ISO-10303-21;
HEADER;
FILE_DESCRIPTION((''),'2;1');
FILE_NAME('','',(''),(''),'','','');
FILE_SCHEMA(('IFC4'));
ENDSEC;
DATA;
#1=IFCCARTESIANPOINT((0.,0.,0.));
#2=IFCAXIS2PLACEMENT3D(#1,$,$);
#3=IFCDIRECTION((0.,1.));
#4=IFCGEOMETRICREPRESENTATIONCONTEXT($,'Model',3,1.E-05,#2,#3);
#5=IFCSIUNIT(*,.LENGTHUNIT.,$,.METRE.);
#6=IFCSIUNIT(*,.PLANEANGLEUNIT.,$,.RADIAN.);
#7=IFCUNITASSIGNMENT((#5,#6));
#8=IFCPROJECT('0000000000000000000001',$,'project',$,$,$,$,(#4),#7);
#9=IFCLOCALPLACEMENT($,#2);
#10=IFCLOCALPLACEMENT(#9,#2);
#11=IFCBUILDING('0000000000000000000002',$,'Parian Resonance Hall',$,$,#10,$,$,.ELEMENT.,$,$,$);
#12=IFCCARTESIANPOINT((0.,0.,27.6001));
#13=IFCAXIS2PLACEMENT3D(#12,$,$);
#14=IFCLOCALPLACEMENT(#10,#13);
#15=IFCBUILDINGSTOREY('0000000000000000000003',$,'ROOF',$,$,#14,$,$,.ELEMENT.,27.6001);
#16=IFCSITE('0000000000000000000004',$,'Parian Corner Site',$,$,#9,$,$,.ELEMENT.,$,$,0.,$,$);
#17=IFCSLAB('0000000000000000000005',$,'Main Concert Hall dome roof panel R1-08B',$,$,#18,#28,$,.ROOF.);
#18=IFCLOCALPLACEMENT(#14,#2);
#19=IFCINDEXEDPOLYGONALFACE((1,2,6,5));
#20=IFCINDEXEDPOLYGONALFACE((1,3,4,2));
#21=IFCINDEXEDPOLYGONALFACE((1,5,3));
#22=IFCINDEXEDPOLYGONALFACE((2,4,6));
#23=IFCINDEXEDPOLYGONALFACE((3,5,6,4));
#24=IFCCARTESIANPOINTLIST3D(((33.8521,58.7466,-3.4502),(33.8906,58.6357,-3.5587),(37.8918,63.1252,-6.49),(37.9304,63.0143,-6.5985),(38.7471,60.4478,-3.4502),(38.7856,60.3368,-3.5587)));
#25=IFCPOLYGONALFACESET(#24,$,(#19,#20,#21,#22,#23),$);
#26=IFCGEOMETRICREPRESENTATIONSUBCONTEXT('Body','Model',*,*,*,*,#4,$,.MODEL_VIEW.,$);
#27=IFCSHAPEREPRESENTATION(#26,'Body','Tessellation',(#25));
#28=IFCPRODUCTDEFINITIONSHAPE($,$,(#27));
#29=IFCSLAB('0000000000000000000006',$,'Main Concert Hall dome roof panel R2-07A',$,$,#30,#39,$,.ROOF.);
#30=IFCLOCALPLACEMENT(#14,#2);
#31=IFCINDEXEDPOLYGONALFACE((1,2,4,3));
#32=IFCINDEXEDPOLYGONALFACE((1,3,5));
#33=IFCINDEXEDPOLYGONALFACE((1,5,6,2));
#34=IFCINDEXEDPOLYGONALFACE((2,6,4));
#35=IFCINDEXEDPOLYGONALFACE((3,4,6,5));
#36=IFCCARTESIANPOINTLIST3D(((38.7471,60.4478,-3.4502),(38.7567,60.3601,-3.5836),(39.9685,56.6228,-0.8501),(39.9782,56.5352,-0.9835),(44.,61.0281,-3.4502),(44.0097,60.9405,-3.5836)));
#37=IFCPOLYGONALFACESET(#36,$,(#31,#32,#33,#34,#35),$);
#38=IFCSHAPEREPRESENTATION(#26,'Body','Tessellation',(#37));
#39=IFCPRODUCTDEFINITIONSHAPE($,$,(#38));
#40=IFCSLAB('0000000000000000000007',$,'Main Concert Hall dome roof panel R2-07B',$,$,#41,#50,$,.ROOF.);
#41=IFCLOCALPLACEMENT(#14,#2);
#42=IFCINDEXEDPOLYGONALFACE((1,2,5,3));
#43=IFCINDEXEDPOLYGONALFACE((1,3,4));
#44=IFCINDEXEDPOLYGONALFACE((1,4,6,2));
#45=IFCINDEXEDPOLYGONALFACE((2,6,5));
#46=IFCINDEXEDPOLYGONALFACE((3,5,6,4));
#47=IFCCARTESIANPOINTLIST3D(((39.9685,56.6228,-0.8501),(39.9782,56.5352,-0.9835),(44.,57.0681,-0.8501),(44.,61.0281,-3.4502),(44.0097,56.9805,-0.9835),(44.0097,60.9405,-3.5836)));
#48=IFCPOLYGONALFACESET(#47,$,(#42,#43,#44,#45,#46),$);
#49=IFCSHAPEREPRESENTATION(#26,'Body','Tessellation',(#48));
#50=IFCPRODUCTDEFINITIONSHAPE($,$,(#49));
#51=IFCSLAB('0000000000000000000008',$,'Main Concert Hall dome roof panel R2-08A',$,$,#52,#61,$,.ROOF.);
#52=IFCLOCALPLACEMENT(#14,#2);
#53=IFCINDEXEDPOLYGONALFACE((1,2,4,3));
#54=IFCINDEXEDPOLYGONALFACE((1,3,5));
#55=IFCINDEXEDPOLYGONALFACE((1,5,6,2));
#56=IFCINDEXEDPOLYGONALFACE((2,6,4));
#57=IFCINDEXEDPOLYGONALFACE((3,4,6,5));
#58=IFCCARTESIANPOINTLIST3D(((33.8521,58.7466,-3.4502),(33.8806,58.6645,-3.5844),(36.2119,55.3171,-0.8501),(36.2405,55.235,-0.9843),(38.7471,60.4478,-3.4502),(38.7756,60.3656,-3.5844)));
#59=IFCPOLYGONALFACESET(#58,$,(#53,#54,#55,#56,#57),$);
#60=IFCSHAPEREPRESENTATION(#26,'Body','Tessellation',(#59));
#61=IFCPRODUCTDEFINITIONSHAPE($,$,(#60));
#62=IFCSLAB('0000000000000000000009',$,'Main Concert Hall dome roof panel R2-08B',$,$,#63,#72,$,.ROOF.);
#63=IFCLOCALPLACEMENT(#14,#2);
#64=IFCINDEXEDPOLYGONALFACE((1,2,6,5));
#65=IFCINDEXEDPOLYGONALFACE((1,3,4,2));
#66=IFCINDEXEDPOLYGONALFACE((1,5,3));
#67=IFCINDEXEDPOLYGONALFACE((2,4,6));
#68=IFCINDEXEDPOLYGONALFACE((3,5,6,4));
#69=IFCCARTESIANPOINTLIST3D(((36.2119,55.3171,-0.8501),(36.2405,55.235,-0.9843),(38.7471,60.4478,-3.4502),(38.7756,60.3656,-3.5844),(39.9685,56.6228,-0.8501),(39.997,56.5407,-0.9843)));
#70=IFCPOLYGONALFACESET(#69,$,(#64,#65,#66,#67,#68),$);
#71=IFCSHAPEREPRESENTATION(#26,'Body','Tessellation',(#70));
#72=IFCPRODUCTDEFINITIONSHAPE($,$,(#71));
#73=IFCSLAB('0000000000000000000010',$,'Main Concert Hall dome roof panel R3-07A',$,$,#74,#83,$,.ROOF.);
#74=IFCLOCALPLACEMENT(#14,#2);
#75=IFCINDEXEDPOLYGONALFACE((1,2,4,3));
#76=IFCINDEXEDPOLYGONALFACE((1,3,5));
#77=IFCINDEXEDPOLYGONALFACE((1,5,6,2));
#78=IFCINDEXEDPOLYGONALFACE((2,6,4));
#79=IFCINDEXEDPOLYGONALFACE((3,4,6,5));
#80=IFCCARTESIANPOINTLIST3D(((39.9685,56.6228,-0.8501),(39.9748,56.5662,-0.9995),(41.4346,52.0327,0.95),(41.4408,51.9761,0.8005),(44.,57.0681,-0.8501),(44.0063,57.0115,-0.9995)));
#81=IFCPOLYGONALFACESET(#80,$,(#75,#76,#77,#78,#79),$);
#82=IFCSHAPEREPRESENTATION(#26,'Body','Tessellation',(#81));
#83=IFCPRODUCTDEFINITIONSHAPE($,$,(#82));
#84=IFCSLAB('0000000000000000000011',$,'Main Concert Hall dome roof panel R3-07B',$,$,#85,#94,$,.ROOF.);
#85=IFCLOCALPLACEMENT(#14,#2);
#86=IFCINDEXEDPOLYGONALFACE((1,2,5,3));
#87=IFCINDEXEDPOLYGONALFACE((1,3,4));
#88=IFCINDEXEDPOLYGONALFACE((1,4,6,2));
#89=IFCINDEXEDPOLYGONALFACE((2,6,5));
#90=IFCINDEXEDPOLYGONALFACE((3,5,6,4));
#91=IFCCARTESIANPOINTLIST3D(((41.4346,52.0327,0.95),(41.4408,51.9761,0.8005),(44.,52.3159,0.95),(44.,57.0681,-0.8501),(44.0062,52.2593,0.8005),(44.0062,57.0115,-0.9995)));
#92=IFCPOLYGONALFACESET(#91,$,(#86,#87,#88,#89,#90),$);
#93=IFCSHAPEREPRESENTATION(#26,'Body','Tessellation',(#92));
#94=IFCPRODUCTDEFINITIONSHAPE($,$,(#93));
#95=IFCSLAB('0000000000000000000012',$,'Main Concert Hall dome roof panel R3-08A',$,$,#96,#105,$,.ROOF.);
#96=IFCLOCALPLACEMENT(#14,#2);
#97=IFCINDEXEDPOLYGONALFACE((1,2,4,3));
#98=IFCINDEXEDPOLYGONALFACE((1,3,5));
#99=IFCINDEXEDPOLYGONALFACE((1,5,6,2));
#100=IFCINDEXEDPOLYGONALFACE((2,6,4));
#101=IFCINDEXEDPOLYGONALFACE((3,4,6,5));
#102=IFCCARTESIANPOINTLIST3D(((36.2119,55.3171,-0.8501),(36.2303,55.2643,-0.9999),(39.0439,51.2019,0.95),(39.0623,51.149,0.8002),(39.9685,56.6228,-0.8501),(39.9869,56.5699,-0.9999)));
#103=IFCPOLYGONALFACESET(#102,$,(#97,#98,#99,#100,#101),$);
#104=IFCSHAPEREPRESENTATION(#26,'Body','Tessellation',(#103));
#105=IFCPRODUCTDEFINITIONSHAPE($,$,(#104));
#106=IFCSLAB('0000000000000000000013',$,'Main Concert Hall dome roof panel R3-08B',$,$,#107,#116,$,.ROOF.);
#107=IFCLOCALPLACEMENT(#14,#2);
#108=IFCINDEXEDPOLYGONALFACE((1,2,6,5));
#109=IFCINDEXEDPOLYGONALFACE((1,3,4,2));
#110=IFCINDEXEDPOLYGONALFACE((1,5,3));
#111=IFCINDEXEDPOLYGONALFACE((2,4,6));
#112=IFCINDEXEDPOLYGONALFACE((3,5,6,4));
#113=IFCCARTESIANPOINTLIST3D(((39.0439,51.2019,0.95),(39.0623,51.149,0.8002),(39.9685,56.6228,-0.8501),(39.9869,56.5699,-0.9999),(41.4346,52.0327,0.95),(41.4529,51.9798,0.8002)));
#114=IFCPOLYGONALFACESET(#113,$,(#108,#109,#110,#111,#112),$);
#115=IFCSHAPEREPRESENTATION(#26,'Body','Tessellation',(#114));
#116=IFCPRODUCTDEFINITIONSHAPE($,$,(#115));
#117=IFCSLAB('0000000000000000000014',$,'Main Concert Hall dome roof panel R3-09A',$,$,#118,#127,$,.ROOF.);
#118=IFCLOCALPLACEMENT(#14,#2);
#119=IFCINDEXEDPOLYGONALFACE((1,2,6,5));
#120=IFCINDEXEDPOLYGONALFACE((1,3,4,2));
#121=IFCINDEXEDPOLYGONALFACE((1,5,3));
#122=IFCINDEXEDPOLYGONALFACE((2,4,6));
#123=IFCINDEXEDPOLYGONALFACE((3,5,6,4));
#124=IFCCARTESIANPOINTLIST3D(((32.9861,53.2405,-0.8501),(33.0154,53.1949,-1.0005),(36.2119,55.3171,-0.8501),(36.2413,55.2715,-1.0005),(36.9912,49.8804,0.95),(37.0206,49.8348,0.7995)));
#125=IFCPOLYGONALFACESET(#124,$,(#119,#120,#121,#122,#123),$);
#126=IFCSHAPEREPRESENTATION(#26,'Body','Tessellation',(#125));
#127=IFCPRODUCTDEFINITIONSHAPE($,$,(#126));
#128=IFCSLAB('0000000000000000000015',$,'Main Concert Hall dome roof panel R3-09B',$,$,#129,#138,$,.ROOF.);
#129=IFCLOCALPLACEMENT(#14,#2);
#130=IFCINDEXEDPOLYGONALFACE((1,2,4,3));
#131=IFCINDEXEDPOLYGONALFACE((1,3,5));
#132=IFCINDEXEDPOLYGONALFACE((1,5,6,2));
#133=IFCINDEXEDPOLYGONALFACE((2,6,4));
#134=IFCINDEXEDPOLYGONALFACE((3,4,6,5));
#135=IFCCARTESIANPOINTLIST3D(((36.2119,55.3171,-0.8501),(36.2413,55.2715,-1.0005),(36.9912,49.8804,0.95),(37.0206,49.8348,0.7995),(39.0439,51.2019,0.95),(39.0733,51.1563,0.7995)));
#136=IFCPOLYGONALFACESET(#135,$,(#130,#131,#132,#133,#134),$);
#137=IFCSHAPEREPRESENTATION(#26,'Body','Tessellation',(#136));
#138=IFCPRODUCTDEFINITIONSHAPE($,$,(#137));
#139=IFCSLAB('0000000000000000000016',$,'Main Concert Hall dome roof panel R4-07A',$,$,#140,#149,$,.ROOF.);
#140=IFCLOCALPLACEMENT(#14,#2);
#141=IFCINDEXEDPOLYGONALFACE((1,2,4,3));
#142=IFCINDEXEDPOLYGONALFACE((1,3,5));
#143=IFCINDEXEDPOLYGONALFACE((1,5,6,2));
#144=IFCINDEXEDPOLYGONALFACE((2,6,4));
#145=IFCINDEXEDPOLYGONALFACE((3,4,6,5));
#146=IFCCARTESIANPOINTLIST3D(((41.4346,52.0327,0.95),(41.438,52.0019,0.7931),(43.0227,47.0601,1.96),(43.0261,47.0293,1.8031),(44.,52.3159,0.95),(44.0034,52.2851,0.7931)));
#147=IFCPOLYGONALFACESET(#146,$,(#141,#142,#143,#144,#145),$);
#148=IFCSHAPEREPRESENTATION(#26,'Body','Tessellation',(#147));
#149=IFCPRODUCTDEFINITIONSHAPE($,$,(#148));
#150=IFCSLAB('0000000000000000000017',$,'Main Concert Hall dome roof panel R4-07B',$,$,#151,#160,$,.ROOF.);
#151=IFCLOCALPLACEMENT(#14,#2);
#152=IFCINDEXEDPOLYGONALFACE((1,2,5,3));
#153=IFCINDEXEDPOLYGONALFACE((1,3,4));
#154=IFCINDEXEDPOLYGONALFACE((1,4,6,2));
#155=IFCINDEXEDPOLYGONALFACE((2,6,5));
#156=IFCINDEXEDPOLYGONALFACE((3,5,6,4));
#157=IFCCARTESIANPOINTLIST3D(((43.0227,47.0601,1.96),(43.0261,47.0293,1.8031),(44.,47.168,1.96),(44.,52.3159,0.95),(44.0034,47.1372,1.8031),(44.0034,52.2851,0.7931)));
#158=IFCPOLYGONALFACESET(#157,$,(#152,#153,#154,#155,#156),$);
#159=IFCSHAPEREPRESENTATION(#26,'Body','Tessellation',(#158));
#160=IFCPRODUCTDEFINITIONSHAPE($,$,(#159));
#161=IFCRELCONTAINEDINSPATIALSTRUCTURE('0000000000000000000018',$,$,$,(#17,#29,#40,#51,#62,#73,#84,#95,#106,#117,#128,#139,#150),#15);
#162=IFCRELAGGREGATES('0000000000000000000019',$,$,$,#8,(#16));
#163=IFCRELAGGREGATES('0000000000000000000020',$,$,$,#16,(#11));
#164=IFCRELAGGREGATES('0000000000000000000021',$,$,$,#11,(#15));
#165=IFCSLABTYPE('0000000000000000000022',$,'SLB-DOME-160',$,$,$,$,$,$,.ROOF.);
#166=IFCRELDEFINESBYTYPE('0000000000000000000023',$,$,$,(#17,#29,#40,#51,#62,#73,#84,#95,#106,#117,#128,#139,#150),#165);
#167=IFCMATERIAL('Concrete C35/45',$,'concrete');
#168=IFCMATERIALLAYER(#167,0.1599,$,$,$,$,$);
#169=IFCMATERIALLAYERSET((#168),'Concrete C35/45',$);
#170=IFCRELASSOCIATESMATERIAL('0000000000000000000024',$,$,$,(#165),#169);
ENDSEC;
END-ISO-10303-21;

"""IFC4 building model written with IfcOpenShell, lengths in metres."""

from ifc_helpers import new_model, si_unit, direction, frame, origin, place, context, subcontext, project, spatial, polyline, outline, extrude, material, layer, layer_set, type_object, element, save


model = new_model("IFC4")

# Units and contexts
model_context = context("Model", 3, precision=1e-05, world=origin(), true_north=direction((0.0, 1.0)))
body_context = subcontext(model_context, "Body", "Model", "MODEL_VIEW")
ifc_project = project(units=[si_unit("LENGTHUNIT", "METRE"), si_unit("PLANEANGLEUNIT", "RADIAN")], contexts=[model_context])

# Site, building, storey
site_placement = place(None, origin())
site = spatial("IfcSite", under=ifc_project, at=site_placement, Name="Parian Corner Site", CompositionType="ELEMENT", RefElevation=0.0)
building_placement = place(site_placement, origin())
building = spatial("IfcBuilding", under=site, at=building_placement, Name="Parian Resonance Hall", CompositionType="ELEMENT")
storey_placement = place(building_placement, frame((0.0, 0.0, 27.6001)))
storey = spatial("IfcBuildingStorey", under=building, at=storey_placement, Name="ROOF", CompositionType="ELEMENT", Elevation=27.6001)

# Slabs
ifc_material_1 = material(Name="Concrete C35/45", Category="concrete")
ifc_layer_1 = layer(ifc_material_1, 0.1599)
ifc_layer_set_1 = layer_set([ifc_layer_1], Name="Concrete C35/45")
slab_type = type_object("IfcSlabType", Name="SLB-DOME-160", PredefinedType="ROOF", material=ifc_layer_set_1)
slab_1_placement = place(storey_placement, frame((37.8918, 63.1252, -6.49), z_axis=(-0.241062, 0.69364, 0.678788), x_axis=(-0.604012, -0.654678, 0.454496)))
element("IfcSlab", 1, at=slab_1_placement, inside=storey, type_object=slab_type, Name="Main Concert Hall dome roof panel R1-08B", PredefinedType="ROOF", context=body_context, shape_type="SweptSolid", body=[
    extrude(outline(polyline([(0.0, 0.0), (6.6883, 0.0), (2.6179, 3.2074), (0.0, 0.0)])), origin(), (0.0, 0.0, -1.0), 0.1599),
])
slab_2_placement = place(storey_placement, frame((44.0, 61.0281, -3.4502), z_axis=(-0.060525, 0.54786, 0.834378), x_axis=(-0.993953, -0.109808, 0.0)))
element("IfcSlab", 2, at=slab_2_placement, inside=storey, type_object=slab_type, Name="Main Concert Hall dome roof panel R2-07A", PredefinedType="ROOF", context=body_context, shape_type="SweptSolid", body=[
    extrude(outline(polyline([(0.0, 0.0), (5.2849, 0.0), (4.4908, 4.7172), (0.0, 0.0)])), origin(), (0.0, 0.0, -1.0), 0.1599),
])
slab_3_placement = place(storey_placement, frame((44.0, 61.0281, -3.4502), z_axis=(-0.060515, 0.547853, 0.834383), x_axis=(-0.618987, -0.676376, 0.399213)))
element("IfcSlab", 3, at=slab_3_placement, inside=storey, type_object=slab_type, Name="Main Concert Hall dome roof panel R2-07B", PredefinedType="ROOF", context=body_context, shape_type="SweptSolid", body=[
    extrude(outline(polyline([(0.0, 0.0), (6.5131, 0.0), (3.7164, 2.9377), (0.0, 0.0)])), origin(), (0.0, 0.0, -1.0), 0.1599),
])
slab_4_placement = place(storey_placement, frame((38.7471, 60.4478, -3.4502), z_axis=(-0.178468, 0.51353, 0.839307), x_axis=(-0.944583, -0.328272, 0.0)))
element("IfcSlab", 4, at=slab_4_placement, inside=storey, type_object=slab_type, Name="Main Concert Hall dome roof panel R2-08A", PredefinedType="ROOF", context=body_context, shape_type="SweptSolid", body=[
    extrude(outline(polyline([(0.0, 0.0), (5.1822, 0.0), (4.0789, 4.7826), (0.0, 0.0)])), origin(), (0.0, 0.0, -1.0), 0.1599),
])
slab_5_placement = place(storey_placement, frame((38.7471, 60.4478, -3.4502), z_axis=(-0.178488, 0.513536, 0.839299), x_axis=(-0.403318, -0.816229, 0.413649)))
element("IfcSlab", 5, at=slab_5_placement, inside=storey, type_object=slab_type, Name="Main Concert Hall dome roof panel R2-08B", PredefinedType="ROOF", context=body_context, shape_type="SweptSolid", body=[
    extrude(outline(polyline([(0.0, 0.0), (6.2858, 0.0), (3.7049, 3.0259), (0.0, 0.0)])), origin(), (0.0, 0.0, -1.0), 0.1599),
])
slab_6_placement = place(storey_placement, frame((44.0, 57.0681, -0.8501), z_axis=(-0.039098, 0.353963, 0.934442), x_axis=(-0.993955, -0.109791, 0.0)))
element("IfcSlab", 6, at=slab_6_placement, inside=storey, type_object=slab_type, Name="Main Concert Hall dome roof panel R3-07A", PredefinedType="ROOF", context=body_context, shape_type="SweptSolid", body=[
    extrude(outline(polyline([(0.0, 0.0), (4.056, 0.0), (3.1028, 5.0547), (0.0, 0.0)])), origin(), (0.0, 0.0, -1.0), 0.1599),
])
slab_7_placement = place(storey_placement, frame((44.0, 57.0681, -0.8501), z_axis=(-0.039074, 0.353952, 0.934447), x_axis=(-0.432545, -0.848996, 0.303498)))
element("IfcSlab", 7, at=slab_7_placement, inside=storey, type_object=slab_type, Name="Main Concert Hall dome roof panel R3-07B", PredefinedType="ROOF", context=body_context, shape_type="SweptSolid", body=[
    extrude(outline(polyline([(0.0, 0.0), (5.931, 0.0), (4.5809, 2.1997), (0.0, 0.0)])), origin(), (0.0, 0.0, -1.0), 0.1599),
])
slab_8_placement = place(storey_placement, frame((39.9685, 56.6228, -0.8501), z_axis=(-0.114922, 0.330649, 0.936731), x_axis=(-0.944573, -0.328302, 0.0)))
element("IfcSlab", 8, at=slab_8_placement, inside=storey, type_object=slab_type, Name="Main Concert Hall dome roof panel R3-08A", PredefinedType="ROOF", context=body_context, shape_type="SweptSolid", body=[
    extrude(outline(polyline([(0.0, 0.0), (3.977, 0.0), (2.653, 5.1422), (0.0, 0.0)])), origin(), (0.0, 0.0, -1.0), 0.1599),
])
slab_9_placement = place(storey_placement, frame((39.9685, 56.6228, -0.8501), z_axis=(-0.114909, 0.330647, 0.936733), x_axis=(-0.159785, -0.936853, 0.311089)))
element("IfcSlab", 9, at=slab_9_placement, inside=storey, type_object=slab_type, Name="Main Concert Hall dome roof panel R3-08B", PredefinedType="ROOF", context=body_context, shape_type="SweptSolid", body=[
    extrude(outline(polyline([(0.0, 0.0), (5.7863, 0.0), (4.626, 2.2492), (0.0, 0.0)])), origin(), (0.0, 0.0, -1.0), 0.1599),
])
slab_10_placement = place(storey_placement, frame((36.2119, 55.3171, -0.8501), z_axis=(-0.183571, 0.285154, 0.940738), x_axis=(-0.840833, -0.541295, 0.0)))
element("IfcSlab", 10, at=slab_10_placement, inside=storey, type_object=slab_type, Name="Main Concert Hall dome roof panel R3-09A", PredefinedType="ROOF", context=body_context, shape_type="SweptSolid", body=[
    extrude(outline(polyline([(0.0, 0.0), (3.8365, 0.0), (2.2876, 5.3078), (0.0, 0.0)])), origin(), (0.0, 0.0, -1.0), 0.1599),
])
slab_11_placement = place(storey_placement, frame((36.2119, 55.3171, -0.8501), z_axis=(-0.183579, 0.285153, 0.940737), x_axis=(0.134831, -0.940652, 0.311439)))
element("IfcSlab", 11, at=slab_11_placement, inside=storey, type_object=slab_type, Name="Main Concert Hall dome roof panel R3-09B", PredefinedType="ROOF", context=body_context, shape_type="SweptSolid", body=[
    extrude(outline(polyline([(0.0, 0.0), (5.7798, 0.0), (4.8135, 2.242), (0.0, 0.0)])), origin(), (0.0, 0.0, -1.0), 0.1599),
])
slab_12_placement = place(storey_placement, frame((44.0, 52.3159, 0.95), z_axis=(-0.021248, 0.192482, 0.98107), x_axis=(-0.993962, -0.109726, 0.0)))
element("IfcSlab", 12, at=slab_12_placement, inside=storey, type_object=slab_type, Name="Main Concert Hall dome roof panel R4-07A", PredefinedType="ROOF", context=body_context, shape_type="SweptSolid", body=[
    extrude(outline(polyline([(0.0, 0.0), (2.581, 0.0), (1.5481, 5.2156), (0.0, 0.0)])), origin(), (0.0, 0.0, -1.0), 0.1599),
])
slab_13_placement = place(storey_placement, frame((44.0, 52.3159, 0.95), z_axis=(-0.021253, 0.192483, 0.98107), x_axis=(-0.179633, -0.966058, 0.185646)))
element("IfcSlab", 13, at=slab_13_placement, inside=storey, type_object=slab_type, Name="Main Concert Hall dome roof panel R4-07B", PredefinedType="ROOF", context=body_context, shape_type="SweptSolid", body=[
    extrude(outline(polyline([(0.0, 0.0), (5.4405, 0.0), (5.1607, 0.9426), (0.0, 0.0)])), origin(), (0.0, 0.0, -1.0), 0.1599),
])

save(model, "model.ifc")
